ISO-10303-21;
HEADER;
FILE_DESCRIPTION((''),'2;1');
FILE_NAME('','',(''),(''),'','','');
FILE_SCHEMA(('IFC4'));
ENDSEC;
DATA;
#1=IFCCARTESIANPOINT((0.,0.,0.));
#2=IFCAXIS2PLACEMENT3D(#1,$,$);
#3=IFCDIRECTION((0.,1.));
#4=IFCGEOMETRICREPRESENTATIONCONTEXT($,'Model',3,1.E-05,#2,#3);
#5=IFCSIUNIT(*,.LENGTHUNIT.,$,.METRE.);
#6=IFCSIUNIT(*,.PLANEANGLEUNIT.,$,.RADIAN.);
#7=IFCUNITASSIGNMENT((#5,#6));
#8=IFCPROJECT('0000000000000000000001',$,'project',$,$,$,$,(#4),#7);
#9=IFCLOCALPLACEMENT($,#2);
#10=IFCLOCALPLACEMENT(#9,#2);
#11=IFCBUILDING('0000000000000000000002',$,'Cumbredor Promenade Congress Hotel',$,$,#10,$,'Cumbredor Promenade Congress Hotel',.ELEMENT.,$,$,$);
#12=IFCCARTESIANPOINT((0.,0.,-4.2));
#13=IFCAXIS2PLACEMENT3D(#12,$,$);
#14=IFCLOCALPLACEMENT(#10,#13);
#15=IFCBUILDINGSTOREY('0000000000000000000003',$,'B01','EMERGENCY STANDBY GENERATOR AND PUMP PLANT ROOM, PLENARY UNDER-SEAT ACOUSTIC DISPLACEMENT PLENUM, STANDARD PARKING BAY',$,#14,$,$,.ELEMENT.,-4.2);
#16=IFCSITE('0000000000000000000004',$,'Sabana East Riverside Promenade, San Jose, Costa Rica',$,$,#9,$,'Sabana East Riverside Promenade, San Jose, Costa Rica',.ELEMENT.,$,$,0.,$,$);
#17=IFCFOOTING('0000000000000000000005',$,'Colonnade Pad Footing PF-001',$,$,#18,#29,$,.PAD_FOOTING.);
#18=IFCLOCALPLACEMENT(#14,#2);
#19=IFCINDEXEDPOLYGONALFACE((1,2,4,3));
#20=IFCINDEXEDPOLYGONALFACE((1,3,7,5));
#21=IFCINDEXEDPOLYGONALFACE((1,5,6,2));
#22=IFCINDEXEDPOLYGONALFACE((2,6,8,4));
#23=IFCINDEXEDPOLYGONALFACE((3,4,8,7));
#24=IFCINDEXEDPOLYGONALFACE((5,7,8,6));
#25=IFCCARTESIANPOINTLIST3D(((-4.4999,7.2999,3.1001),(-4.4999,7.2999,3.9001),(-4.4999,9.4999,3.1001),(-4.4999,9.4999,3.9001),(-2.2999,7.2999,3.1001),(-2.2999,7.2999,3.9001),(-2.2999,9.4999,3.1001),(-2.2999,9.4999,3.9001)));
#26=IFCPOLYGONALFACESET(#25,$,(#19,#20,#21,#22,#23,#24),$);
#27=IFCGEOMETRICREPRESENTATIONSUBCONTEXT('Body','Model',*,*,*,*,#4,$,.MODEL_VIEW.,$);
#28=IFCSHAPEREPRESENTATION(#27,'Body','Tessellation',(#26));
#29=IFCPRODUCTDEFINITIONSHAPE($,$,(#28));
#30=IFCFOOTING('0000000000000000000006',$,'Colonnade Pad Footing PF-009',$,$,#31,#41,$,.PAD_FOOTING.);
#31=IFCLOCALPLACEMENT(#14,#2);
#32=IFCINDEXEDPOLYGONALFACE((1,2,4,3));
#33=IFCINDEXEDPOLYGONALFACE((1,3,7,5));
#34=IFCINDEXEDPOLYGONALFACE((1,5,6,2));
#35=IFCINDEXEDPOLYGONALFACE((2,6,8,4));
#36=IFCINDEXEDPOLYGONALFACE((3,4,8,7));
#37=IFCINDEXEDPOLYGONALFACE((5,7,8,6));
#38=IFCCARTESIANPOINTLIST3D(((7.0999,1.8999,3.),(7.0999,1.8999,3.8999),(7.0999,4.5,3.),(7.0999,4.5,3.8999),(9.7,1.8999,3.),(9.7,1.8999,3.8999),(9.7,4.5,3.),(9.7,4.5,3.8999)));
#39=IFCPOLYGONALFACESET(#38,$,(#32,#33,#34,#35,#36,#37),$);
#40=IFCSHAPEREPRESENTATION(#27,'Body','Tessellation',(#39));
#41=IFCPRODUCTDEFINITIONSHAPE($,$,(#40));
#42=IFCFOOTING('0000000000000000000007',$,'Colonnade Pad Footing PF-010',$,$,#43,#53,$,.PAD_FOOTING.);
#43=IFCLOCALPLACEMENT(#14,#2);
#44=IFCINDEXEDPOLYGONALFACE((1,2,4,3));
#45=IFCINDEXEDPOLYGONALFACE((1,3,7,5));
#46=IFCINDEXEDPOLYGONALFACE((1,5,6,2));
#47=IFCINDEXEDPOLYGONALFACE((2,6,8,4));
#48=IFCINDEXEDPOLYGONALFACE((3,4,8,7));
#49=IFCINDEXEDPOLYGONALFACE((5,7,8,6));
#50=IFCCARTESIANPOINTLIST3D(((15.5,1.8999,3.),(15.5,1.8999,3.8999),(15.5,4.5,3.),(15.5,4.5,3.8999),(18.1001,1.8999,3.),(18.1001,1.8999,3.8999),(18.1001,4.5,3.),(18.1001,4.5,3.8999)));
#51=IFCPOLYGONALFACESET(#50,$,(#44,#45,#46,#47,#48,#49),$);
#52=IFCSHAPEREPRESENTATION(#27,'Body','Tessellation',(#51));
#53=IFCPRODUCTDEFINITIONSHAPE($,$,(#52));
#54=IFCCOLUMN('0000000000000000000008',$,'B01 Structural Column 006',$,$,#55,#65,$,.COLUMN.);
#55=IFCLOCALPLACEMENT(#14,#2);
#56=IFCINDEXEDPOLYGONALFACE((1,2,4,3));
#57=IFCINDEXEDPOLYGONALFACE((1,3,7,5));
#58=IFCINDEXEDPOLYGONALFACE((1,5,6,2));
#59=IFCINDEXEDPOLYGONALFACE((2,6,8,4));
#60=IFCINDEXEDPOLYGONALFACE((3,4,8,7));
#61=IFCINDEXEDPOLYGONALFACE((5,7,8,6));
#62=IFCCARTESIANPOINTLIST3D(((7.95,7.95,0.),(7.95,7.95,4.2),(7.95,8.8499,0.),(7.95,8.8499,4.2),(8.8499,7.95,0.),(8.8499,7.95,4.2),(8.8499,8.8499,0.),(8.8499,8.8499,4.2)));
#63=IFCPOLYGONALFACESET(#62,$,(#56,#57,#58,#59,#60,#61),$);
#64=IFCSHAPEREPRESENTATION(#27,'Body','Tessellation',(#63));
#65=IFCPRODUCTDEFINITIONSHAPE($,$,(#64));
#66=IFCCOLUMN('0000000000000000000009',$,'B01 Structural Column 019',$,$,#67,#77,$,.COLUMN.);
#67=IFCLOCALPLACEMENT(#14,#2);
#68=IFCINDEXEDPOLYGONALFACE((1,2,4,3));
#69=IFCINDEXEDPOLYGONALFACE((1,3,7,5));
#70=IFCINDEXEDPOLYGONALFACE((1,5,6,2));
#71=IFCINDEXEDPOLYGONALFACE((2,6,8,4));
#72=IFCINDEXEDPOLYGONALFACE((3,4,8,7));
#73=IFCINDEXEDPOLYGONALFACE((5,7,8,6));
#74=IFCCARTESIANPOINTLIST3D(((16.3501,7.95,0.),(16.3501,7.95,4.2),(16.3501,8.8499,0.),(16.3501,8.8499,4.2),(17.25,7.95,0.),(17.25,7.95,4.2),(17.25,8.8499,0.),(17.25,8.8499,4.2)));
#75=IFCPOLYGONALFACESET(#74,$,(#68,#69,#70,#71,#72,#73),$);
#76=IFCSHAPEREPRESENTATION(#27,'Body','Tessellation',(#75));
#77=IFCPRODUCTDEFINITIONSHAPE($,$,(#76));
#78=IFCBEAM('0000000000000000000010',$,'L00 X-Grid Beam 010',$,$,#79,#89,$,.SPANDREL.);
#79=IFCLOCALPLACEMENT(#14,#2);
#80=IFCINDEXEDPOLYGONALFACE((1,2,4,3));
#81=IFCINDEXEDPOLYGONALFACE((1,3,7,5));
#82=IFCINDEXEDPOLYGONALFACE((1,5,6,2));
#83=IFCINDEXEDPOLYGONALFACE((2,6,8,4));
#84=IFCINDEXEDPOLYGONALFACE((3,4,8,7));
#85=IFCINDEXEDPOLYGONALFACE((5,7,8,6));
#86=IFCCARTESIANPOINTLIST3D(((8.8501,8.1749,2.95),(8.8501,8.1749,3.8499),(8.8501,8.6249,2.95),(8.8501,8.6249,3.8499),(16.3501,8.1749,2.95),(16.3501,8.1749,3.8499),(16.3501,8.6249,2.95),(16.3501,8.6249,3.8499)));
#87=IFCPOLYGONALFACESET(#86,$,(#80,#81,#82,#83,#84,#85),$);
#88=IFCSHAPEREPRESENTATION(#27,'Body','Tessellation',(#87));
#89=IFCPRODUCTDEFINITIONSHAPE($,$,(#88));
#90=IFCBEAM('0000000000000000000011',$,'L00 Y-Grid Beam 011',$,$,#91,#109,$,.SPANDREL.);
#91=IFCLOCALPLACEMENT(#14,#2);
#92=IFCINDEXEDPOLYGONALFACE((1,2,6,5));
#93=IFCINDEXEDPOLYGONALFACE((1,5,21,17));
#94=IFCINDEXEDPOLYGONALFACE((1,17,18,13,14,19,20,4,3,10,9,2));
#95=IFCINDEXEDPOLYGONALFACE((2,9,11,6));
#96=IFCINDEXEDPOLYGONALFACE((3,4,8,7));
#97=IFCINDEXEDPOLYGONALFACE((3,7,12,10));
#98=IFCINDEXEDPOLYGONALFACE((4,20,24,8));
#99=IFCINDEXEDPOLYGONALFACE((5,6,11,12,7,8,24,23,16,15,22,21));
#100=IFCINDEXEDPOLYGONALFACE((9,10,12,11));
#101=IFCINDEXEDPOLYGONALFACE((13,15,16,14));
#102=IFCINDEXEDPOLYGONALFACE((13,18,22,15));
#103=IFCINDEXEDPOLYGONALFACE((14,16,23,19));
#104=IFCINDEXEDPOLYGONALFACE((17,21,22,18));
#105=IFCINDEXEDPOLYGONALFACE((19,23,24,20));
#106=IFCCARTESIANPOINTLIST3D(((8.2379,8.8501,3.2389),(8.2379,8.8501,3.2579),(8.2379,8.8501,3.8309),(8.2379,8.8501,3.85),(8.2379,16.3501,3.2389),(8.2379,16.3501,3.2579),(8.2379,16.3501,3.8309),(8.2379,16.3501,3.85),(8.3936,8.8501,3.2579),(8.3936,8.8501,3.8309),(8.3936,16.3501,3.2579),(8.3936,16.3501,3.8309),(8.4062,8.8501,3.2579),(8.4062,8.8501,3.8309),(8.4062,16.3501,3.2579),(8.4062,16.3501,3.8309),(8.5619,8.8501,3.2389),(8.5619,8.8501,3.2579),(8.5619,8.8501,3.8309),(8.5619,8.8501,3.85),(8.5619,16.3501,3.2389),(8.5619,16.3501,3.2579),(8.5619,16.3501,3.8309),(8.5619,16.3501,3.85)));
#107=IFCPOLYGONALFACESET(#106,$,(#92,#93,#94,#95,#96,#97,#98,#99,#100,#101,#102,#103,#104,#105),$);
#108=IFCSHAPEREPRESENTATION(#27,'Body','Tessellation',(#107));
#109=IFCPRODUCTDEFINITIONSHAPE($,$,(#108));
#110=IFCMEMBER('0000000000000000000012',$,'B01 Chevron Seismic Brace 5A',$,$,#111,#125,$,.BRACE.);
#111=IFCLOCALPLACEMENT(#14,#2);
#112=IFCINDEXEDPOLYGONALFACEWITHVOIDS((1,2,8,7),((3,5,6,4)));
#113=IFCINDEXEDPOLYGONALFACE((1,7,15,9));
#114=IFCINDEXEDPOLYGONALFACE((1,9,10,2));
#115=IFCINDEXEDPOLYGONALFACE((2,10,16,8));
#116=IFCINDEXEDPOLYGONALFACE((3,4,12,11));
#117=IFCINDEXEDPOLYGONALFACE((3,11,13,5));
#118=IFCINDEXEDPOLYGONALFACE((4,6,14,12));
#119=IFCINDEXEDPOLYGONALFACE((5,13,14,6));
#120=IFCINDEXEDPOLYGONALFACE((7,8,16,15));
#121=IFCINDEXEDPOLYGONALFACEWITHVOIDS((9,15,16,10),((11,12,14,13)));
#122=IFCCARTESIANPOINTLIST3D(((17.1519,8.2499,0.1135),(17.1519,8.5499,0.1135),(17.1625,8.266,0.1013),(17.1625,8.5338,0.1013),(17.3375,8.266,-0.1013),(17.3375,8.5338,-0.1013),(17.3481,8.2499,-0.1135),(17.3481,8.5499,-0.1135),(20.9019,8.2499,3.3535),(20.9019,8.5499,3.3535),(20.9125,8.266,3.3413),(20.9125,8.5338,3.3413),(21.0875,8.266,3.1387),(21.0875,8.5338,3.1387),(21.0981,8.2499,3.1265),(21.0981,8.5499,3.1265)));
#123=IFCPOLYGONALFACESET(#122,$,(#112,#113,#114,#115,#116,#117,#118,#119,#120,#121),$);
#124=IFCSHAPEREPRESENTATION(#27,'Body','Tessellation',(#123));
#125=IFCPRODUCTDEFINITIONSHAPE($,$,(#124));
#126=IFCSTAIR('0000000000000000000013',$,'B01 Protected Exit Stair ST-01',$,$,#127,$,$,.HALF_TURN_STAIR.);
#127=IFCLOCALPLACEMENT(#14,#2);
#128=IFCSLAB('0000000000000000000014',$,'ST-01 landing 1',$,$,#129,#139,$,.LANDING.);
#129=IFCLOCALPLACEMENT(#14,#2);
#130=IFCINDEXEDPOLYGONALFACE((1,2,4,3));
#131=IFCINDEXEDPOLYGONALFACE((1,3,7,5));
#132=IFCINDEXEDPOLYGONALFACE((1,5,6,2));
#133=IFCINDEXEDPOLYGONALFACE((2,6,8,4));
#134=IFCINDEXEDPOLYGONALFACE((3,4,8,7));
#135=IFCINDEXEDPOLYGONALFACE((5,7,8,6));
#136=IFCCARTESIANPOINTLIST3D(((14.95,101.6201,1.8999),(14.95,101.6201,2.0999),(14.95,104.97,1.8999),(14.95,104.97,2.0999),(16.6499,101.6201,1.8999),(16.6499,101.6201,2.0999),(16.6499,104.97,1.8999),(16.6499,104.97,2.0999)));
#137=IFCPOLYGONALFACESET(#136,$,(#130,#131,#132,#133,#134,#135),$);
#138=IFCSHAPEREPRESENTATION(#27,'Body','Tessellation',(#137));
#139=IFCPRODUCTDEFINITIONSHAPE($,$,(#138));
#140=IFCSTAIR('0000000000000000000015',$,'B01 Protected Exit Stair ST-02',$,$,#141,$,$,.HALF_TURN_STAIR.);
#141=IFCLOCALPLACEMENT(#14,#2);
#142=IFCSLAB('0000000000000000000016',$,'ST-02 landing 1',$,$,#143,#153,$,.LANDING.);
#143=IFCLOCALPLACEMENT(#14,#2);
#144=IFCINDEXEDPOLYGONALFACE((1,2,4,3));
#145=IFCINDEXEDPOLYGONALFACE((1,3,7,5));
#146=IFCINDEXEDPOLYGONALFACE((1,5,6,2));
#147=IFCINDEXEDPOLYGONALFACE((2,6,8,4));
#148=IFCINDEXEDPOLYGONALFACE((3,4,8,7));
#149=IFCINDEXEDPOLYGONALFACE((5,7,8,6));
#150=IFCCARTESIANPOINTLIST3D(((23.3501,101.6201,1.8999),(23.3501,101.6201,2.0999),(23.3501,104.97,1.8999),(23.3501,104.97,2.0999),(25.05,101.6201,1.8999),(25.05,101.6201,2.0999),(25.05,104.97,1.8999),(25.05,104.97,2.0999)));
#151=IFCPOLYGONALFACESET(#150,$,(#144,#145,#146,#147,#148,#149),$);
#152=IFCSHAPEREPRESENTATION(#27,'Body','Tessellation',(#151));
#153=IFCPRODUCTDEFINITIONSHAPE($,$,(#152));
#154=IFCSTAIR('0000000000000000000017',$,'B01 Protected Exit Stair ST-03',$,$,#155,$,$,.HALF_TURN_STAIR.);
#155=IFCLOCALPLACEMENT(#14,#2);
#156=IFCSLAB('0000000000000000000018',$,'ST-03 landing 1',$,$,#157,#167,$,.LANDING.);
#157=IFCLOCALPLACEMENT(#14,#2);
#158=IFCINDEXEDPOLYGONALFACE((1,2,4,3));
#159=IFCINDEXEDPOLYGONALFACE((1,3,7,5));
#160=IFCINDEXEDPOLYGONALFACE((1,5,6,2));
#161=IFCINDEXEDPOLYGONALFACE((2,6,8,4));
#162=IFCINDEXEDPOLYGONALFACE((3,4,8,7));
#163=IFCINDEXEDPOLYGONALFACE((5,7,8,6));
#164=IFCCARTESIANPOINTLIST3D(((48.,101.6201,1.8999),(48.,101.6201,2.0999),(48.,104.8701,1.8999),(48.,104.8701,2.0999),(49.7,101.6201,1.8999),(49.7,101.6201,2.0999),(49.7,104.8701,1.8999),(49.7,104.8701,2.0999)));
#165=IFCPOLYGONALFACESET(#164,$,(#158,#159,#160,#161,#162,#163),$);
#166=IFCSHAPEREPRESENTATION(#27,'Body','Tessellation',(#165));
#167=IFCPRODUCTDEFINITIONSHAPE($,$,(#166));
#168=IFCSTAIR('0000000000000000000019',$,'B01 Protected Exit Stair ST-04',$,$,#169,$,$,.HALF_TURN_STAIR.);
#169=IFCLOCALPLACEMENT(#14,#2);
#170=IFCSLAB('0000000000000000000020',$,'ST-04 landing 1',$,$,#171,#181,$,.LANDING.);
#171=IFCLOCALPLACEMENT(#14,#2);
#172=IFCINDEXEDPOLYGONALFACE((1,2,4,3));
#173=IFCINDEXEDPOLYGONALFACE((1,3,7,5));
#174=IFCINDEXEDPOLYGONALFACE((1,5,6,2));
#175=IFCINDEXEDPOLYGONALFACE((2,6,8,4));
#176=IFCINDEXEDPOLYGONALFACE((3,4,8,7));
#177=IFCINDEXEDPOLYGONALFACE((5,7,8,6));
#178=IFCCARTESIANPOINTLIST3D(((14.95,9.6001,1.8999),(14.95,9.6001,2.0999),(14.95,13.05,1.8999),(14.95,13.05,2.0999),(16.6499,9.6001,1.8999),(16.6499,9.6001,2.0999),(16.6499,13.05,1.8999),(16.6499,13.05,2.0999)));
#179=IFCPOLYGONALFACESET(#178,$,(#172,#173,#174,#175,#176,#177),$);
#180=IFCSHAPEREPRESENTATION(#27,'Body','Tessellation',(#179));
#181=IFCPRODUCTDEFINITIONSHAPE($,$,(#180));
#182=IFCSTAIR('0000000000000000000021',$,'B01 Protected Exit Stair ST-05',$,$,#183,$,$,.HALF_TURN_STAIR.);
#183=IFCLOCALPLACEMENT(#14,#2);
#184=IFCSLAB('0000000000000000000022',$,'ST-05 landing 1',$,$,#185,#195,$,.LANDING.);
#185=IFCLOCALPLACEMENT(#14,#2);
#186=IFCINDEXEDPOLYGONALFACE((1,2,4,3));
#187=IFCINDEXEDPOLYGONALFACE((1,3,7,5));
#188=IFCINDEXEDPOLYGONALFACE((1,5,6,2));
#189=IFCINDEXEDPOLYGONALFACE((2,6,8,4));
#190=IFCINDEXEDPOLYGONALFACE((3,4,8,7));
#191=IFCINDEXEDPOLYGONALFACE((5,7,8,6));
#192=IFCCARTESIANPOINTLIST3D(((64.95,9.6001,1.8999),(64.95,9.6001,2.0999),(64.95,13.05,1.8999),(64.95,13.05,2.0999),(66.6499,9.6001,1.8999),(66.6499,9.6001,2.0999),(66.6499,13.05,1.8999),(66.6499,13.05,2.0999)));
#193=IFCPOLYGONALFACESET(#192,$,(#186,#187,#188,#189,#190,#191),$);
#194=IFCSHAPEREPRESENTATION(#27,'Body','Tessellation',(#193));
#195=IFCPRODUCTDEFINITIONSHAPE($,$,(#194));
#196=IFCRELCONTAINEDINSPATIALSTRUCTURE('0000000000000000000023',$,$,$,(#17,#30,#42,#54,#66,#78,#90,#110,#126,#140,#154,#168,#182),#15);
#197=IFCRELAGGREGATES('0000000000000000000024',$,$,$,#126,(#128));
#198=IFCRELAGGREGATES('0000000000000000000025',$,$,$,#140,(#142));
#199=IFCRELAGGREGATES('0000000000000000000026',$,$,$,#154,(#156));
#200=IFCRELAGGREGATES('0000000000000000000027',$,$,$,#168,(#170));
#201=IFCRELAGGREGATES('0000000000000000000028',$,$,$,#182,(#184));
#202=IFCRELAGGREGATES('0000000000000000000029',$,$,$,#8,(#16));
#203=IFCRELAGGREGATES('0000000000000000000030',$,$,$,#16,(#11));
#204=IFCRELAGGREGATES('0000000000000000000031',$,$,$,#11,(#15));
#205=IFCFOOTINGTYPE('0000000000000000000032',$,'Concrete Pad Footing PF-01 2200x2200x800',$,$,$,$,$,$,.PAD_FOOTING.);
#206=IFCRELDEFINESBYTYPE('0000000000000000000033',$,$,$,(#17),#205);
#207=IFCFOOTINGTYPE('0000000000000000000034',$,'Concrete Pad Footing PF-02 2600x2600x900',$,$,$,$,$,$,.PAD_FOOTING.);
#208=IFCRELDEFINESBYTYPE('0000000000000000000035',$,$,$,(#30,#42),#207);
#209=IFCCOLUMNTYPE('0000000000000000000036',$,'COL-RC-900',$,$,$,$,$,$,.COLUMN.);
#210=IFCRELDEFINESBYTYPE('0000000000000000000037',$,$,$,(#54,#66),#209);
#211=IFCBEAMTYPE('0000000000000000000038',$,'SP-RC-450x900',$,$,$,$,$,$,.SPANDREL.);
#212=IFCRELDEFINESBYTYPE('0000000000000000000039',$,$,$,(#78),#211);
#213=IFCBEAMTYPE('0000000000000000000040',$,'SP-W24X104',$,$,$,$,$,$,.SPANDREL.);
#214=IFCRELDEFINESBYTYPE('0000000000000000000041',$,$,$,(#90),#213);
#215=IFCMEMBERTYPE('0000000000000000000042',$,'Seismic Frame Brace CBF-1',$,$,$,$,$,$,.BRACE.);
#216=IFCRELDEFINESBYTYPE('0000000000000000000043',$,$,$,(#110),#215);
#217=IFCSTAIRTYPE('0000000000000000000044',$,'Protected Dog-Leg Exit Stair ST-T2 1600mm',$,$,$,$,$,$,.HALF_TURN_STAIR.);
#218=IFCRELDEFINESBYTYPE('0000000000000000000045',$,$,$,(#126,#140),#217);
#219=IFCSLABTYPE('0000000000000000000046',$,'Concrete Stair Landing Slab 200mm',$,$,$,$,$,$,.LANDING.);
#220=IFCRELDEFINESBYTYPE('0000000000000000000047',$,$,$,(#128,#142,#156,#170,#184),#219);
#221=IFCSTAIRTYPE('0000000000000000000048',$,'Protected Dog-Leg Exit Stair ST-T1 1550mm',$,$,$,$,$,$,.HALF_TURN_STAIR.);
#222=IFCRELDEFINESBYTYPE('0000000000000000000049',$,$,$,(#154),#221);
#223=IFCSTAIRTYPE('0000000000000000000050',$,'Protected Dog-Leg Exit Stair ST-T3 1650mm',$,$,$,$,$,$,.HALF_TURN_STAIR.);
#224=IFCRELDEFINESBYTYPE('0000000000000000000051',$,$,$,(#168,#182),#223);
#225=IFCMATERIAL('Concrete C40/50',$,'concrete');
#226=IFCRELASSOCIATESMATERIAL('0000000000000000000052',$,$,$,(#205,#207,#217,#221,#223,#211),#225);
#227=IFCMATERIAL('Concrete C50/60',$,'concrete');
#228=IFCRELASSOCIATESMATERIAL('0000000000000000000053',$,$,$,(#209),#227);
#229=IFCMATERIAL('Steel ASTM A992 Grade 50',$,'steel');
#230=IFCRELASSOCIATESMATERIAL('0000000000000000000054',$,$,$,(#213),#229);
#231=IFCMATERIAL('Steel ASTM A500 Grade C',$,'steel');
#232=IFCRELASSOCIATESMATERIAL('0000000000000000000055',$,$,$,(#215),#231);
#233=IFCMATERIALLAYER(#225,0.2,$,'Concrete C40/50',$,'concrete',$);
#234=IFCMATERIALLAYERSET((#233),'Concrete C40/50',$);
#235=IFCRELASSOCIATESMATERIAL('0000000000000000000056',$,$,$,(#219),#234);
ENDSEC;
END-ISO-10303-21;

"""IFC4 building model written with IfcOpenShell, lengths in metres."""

from ifc_helpers import new_model, si_unit, direction, frame, origin, origin_2d, place, context, subcontext, project, spatial, polyline, rectangle, hollow_rectangle, i_section, outline, extrude, material, layer, layer_set, material_profile, profile_set, type_object, element, aggregate, save


model = new_model("IFC4")

# Units and contexts
model_context = context("Model", 3, precision=1e-05, world=origin(), true_north=direction((0.0, 1.0)))
body_context = subcontext(model_context, "Body", "Model", "MODEL_VIEW")
ifc_project = project(units=[si_unit("LENGTHUNIT", "METRE"), si_unit("PLANEANGLEUNIT", "RADIAN")], contexts=[model_context])

# Site, building, storey
site_placement = place(None, origin())
site = spatial("IfcSite", under=ifc_project, at=site_placement, Name="Sabana East Riverside Promenade, San Jose, Costa Rica", LongName="Sabana East Riverside Promenade, San Jose, Costa Rica", CompositionType="ELEMENT", RefElevation=0.0)
building_placement = place(site_placement, origin())
building = spatial("IfcBuilding", under=site, at=building_placement, Name="Cumbredor Promenade Congress Hotel", LongName="Cumbredor Promenade Congress Hotel", CompositionType="ELEMENT")
storey_placement = place(building_placement, frame((0.0, 0.0, -4.2)))
storey = spatial("IfcBuildingStorey", under=building, at=storey_placement, Name="B01", Description="EMERGENCY STANDBY GENERATOR AND PUMP PLANT ROOM, PLENARY UNDER-SEAT ACOUSTIC DISPLACEMENT PLENUM, STANDARD PARKING BAY", CompositionType="ELEMENT", Elevation=-4.2)

# Footings
ifc_material_1 = material(Name="Concrete C40/50", Category="concrete")
footing_type_1 = type_object("IfcFootingType", Name="Concrete Pad Footing PF-01 2200x2200x800", PredefinedType="PAD_FOOTING", material=ifc_material_1)
footing_placement = place(storey_placement, frame((-3.3999, 8.3999, 3.1001), z_axis=(0.0, 0.0, 1.0), x_axis=(1.0, 0.0, 0.0)))
element("IfcFooting", 1, at=footing_placement, inside=storey, type_object=footing_type_1, Name="Colonnade Pad Footing PF-001", PredefinedType="PAD_FOOTING", context=body_context, shape_type="SweptSolid", body=[
    extrude(rectangle(XDim=2.2, YDim=2.2, at=origin_2d()), origin(), (0.0, 0.0, 1.0), 0.8),
])
footing_type_2 = type_object("IfcFootingType", Name="Concrete Pad Footing PF-02 2600x2600x900", PredefinedType="PAD_FOOTING", material=ifc_material_1)
for number, where, z_axis, x_axis, name in (
    (2, (8.3999, 3.2, 3.0), (0.0, 0.0, 1.0), (1.0, 0.0, 0.0), "Colonnade Pad Footing PF-009"),
    (3, (16.8, 3.2, 3.0), (0.0, 0.0, 1.0), (1.0, 0.0, 0.0), "Colonnade Pad Footing PF-010"),
):
    element("IfcFooting", number, at=place(storey_placement, frame(where, z_axis=z_axis, x_axis=x_axis)), inside=storey, type_object=footing_type_2, Name=name, PredefinedType="PAD_FOOTING", context=body_context, shape_type="SweptSolid", body=[
        extrude(rectangle(XDim=2.6001, YDim=2.6001, at=origin_2d()), origin(), (0.0, 0.0, 1.0), 0.8999),
    ])

# Columns
ifc_material_2 = material(Name="Concrete C50/60", Category="concrete")
ifc_material_profile_1 = material_profile(ifc_material_2, rectangle(XDim=0.8999, YDim=0.8999, at=origin_2d()), Name="RC 900x900")
ifc_profile_set_1 = profile_set([ifc_material_profile_1], Name="Concrete C50/60")
column_type = type_object("IfcColumnType", Name="COL-RC-900", PredefinedType="COLUMN", material=ifc_profile_set_1)
for number, where, z_axis, x_axis, name in (
    (4, (8.3999, 8.3999, 0.0), (0.0, 0.0, 1.0), (1.0, 0.0, 0.0), "B01 Structural Column 006"),
    (5, (16.8, 8.3999, 0.0), (0.0, 0.0, 1.0), (1.0, 0.0, 0.0), "B01 Structural Column 019"),
):
    element("IfcColumn", number, at=place(storey_placement, frame(where, z_axis=z_axis, x_axis=x_axis)), inside=storey, type_object=column_type, Name=name, PredefinedType="COLUMN", context=body_context, shape_type="SweptSolid", body=[
        extrude(rectangle(XDim=0.8999, YDim=0.8999, at=origin_2d()), origin(), (0.0, 0.0, 1.0), 4.2),
    ])

# Beams
ifc_material_profile_2 = material_profile(ifc_material_1, rectangle(XDim=0.45, YDim=0.8999, at=origin_2d()), Name="RC SPANDREL 450x900")
ifc_profile_set_2 = profile_set([ifc_material_profile_2], Name="Concrete C40/50")
beam_type_1 = type_object("IfcBeamType", Name="SP-RC-450x900", PredefinedType="SPANDREL", material=ifc_profile_set_2)
beam_1_placement = place(storey_placement, frame((8.8501, 8.3999, 3.3999), z_axis=(1.0, 0.0, 0.0), x_axis=(0.0, 1.0, 0.0)))
element("IfcBeam", 6, at=beam_1_placement, inside=storey, type_object=beam_type_1, Name="L00 X-Grid Beam 010", PredefinedType="SPANDREL", context=body_context, shape_type="SweptSolid", body=[
    extrude(rectangle(XDim=0.45, YDim=0.8999, at=origin_2d()), origin(), (0.0, 0.0, 1.0), 7.5),
])
ifc_material_3 = material(Name="Steel ASTM A992 Grade 50", Category="steel")
ifc_material_profile_3 = material_profile(ifc_material_3, i_section(OverallWidth=0.324, OverallDepth=0.6111, WebThickness=0.0127, FlangeThickness=0.019, at=origin_2d()), Name="W24X104")
ifc_profile_set_3 = profile_set([ifc_material_profile_3], Name="Steel ASTM A992 Grade 50")
beam_type_2 = type_object("IfcBeamType", Name="SP-W24X104", PredefinedType="SPANDREL", material=ifc_profile_set_3)
beam_2_placement = place(storey_placement, frame((8.3999, 8.8501, 3.5444), z_axis=(0.0, 1.0, 0.0), x_axis=(-1.0, 0.0, 0.0)))
element("IfcBeam", 7, at=beam_2_placement, inside=storey, type_object=beam_type_2, Name="L00 Y-Grid Beam 011", PredefinedType="SPANDREL", context=body_context, shape_type="SweptSolid", body=[
    extrude(i_section(OverallWidth=0.324, OverallDepth=0.6111, WebThickness=0.0127, FlangeThickness=0.019, at=origin_2d()), origin(), (0.0, 0.0, 1.0), 7.5),
])

# Member
ifc_material_4 = material(Name="Steel ASTM A500 Grade C", Category="steel")
ifc_material_profile_4 = material_profile(ifc_material_4, hollow_rectangle(XDim=0.3, YDim=0.3, WallThickness=0.0161, at=origin_2d()), Name="HSS 300x300x16")
ifc_profile_set_4 = profile_set([ifc_material_profile_4], Name="Steel ASTM A500 Grade C")
member_type = type_object("IfcMemberType", Name="Seismic Frame Brace CBF-1", PredefinedType="BRACE", material=ifc_profile_set_4)
member_placement = place(storey_placement, frame((17.25, 8.3999, 0.0), z_axis=(0.756688, 0.0, 0.653776), x_axis=(0.0, 1.0, 0.0)))
element("IfcMember", 8, at=member_placement, inside=storey, type_object=member_type, Name="B01 Chevron Seismic Brace 5A", PredefinedType="BRACE", context=body_context, shape_type="SweptSolid", body=[
    extrude(hollow_rectangle(XDim=0.3, YDim=0.3, WallThickness=0.0161, at=origin_2d()), origin(), (0.0, 0.0, 1.0), 4.9558),
])

# Stairs, slabs
stair_type_1 = type_object("IfcStairType", Name="Protected Dog-Leg Exit Stair ST-T2 1600mm", PredefinedType="HALF_TURN_STAIR", material=ifc_material_1)
stair_1_placement = place(storey_placement, origin())
stair_1 = element("IfcStair", 9, at=stair_1_placement, inside=storey, type_object=stair_type_1, Name="B01 Protected Exit Stair ST-01", PredefinedType="HALF_TURN_STAIR")
ifc_layer_1 = layer(ifc_material_1, 0.2, Name="Concrete C40/50", Category="concrete")
ifc_layer_set_1 = layer_set([ifc_layer_1], Name="Concrete C40/50")
slab_type_1 = type_object("IfcSlabType", Name="Concrete Stair Landing Slab 200mm", PredefinedType="LANDING", material=ifc_layer_set_1)
slab_1_placement = place(storey_placement, frame((0.0, 0.0, 1.8999)))
slab_1 = element("IfcSlab", 10, at=slab_1_placement, type_object=slab_type_1, Name="ST-01 landing 1", PredefinedType="LANDING", context=body_context, shape_type="SweptSolid", body=[
    extrude(outline(polyline([(14.95, 101.6201), (16.6499, 101.6201), (16.6499, 104.97), (14.95, 104.97), (14.95, 101.6201)])), origin(), (0.0, 0.0, 1.0), 0.2),
])
aggregate(stair_1, [slab_1])
stair_2_placement = place(storey_placement, origin())
stair_2 = element("IfcStair", 11, at=stair_2_placement, inside=storey, type_object=stair_type_1, Name="B01 Protected Exit Stair ST-02", PredefinedType="HALF_TURN_STAIR")
slab_2_placement = place(storey_placement, frame((0.0, 0.0, 1.8999)))
slab_2 = element("IfcSlab", 12, at=slab_2_placement, type_object=slab_type_1, Name="ST-02 landing 1", PredefinedType="LANDING", context=body_context, shape_type="SweptSolid", body=[
    extrude(outline(polyline([(23.3501, 101.6201), (25.05, 101.6201), (25.05, 104.97), (23.3501, 104.97), (23.3501, 101.6201)])), origin(), (0.0, 0.0, 1.0), 0.2),
])
aggregate(stair_2, [slab_2])
stair_type_2 = type_object("IfcStairType", Name="Protected Dog-Leg Exit Stair ST-T1 1550mm", PredefinedType="HALF_TURN_STAIR", material=ifc_material_1)
stair_3_placement = place(storey_placement, origin())
stair_3 = element("IfcStair", 13, at=stair_3_placement, inside=storey, type_object=stair_type_2, Name="B01 Protected Exit Stair ST-03", PredefinedType="HALF_TURN_STAIR")
slab_3_placement = place(storey_placement, frame((0.0, 0.0, 1.8999)))
slab_3 = element("IfcSlab", 14, at=slab_3_placement, type_object=slab_type_1, Name="ST-03 landing 1", PredefinedType="LANDING", context=body_context, shape_type="SweptSolid", body=[
    extrude(outline(polyline([(48.0, 101.6201), (49.7, 101.6201), (49.7, 104.8701), (48.0, 104.8701), (48.0, 101.6201)])), origin(), (0.0, 0.0, 1.0), 0.2),
])
aggregate(stair_3, [slab_3])
stair_type_3 = type_object("IfcStairType", Name="Protected Dog-Leg Exit Stair ST-T3 1650mm", PredefinedType="HALF_TURN_STAIR", material=ifc_material_1)
stair_4_placement = place(storey_placement, origin())
stair_4 = element("IfcStair", 15, at=stair_4_placement, inside=storey, type_object=stair_type_3, Name="B01 Protected Exit Stair ST-04", PredefinedType="HALF_TURN_STAIR")
slab_4_placement = place(storey_placement, frame((0.0, 0.0, 1.8999)))
slab_4 = element("IfcSlab", 16, at=slab_4_placement, type_object=slab_type_1, Name="ST-04 landing 1", PredefinedType="LANDING", context=body_context, shape_type="SweptSolid", body=[
    extrude(outline(polyline([(14.95, 9.6001), (16.6499, 9.6001), (16.6499, 13.05), (14.95, 13.05), (14.95, 9.6001)])), origin(), (0.0, 0.0, 1.0), 0.2),
])
aggregate(stair_4, [slab_4])
stair_5_placement = place(storey_placement, origin())
stair_5 = element("IfcStair", 17, at=stair_5_placement, inside=storey, type_object=stair_type_3, Name="B01 Protected Exit Stair ST-05", PredefinedType="HALF_TURN_STAIR")
slab_5_placement = place(storey_placement, frame((0.0, 0.0, 1.8999)))
slab_5 = element("IfcSlab", 18, at=slab_5_placement, type_object=slab_type_1, Name="ST-05 landing 1", PredefinedType="LANDING", context=body_context, shape_type="SweptSolid", body=[
    extrude(outline(polyline([(64.95, 9.6001), (66.6499, 9.6001), (66.6499, 13.05), (64.95, 13.05), (64.95, 9.6001)])), origin(), (0.0, 0.0, 1.0), 0.2),
])
aggregate(stair_5, [slab_5])

save(model, "model.ifc")
